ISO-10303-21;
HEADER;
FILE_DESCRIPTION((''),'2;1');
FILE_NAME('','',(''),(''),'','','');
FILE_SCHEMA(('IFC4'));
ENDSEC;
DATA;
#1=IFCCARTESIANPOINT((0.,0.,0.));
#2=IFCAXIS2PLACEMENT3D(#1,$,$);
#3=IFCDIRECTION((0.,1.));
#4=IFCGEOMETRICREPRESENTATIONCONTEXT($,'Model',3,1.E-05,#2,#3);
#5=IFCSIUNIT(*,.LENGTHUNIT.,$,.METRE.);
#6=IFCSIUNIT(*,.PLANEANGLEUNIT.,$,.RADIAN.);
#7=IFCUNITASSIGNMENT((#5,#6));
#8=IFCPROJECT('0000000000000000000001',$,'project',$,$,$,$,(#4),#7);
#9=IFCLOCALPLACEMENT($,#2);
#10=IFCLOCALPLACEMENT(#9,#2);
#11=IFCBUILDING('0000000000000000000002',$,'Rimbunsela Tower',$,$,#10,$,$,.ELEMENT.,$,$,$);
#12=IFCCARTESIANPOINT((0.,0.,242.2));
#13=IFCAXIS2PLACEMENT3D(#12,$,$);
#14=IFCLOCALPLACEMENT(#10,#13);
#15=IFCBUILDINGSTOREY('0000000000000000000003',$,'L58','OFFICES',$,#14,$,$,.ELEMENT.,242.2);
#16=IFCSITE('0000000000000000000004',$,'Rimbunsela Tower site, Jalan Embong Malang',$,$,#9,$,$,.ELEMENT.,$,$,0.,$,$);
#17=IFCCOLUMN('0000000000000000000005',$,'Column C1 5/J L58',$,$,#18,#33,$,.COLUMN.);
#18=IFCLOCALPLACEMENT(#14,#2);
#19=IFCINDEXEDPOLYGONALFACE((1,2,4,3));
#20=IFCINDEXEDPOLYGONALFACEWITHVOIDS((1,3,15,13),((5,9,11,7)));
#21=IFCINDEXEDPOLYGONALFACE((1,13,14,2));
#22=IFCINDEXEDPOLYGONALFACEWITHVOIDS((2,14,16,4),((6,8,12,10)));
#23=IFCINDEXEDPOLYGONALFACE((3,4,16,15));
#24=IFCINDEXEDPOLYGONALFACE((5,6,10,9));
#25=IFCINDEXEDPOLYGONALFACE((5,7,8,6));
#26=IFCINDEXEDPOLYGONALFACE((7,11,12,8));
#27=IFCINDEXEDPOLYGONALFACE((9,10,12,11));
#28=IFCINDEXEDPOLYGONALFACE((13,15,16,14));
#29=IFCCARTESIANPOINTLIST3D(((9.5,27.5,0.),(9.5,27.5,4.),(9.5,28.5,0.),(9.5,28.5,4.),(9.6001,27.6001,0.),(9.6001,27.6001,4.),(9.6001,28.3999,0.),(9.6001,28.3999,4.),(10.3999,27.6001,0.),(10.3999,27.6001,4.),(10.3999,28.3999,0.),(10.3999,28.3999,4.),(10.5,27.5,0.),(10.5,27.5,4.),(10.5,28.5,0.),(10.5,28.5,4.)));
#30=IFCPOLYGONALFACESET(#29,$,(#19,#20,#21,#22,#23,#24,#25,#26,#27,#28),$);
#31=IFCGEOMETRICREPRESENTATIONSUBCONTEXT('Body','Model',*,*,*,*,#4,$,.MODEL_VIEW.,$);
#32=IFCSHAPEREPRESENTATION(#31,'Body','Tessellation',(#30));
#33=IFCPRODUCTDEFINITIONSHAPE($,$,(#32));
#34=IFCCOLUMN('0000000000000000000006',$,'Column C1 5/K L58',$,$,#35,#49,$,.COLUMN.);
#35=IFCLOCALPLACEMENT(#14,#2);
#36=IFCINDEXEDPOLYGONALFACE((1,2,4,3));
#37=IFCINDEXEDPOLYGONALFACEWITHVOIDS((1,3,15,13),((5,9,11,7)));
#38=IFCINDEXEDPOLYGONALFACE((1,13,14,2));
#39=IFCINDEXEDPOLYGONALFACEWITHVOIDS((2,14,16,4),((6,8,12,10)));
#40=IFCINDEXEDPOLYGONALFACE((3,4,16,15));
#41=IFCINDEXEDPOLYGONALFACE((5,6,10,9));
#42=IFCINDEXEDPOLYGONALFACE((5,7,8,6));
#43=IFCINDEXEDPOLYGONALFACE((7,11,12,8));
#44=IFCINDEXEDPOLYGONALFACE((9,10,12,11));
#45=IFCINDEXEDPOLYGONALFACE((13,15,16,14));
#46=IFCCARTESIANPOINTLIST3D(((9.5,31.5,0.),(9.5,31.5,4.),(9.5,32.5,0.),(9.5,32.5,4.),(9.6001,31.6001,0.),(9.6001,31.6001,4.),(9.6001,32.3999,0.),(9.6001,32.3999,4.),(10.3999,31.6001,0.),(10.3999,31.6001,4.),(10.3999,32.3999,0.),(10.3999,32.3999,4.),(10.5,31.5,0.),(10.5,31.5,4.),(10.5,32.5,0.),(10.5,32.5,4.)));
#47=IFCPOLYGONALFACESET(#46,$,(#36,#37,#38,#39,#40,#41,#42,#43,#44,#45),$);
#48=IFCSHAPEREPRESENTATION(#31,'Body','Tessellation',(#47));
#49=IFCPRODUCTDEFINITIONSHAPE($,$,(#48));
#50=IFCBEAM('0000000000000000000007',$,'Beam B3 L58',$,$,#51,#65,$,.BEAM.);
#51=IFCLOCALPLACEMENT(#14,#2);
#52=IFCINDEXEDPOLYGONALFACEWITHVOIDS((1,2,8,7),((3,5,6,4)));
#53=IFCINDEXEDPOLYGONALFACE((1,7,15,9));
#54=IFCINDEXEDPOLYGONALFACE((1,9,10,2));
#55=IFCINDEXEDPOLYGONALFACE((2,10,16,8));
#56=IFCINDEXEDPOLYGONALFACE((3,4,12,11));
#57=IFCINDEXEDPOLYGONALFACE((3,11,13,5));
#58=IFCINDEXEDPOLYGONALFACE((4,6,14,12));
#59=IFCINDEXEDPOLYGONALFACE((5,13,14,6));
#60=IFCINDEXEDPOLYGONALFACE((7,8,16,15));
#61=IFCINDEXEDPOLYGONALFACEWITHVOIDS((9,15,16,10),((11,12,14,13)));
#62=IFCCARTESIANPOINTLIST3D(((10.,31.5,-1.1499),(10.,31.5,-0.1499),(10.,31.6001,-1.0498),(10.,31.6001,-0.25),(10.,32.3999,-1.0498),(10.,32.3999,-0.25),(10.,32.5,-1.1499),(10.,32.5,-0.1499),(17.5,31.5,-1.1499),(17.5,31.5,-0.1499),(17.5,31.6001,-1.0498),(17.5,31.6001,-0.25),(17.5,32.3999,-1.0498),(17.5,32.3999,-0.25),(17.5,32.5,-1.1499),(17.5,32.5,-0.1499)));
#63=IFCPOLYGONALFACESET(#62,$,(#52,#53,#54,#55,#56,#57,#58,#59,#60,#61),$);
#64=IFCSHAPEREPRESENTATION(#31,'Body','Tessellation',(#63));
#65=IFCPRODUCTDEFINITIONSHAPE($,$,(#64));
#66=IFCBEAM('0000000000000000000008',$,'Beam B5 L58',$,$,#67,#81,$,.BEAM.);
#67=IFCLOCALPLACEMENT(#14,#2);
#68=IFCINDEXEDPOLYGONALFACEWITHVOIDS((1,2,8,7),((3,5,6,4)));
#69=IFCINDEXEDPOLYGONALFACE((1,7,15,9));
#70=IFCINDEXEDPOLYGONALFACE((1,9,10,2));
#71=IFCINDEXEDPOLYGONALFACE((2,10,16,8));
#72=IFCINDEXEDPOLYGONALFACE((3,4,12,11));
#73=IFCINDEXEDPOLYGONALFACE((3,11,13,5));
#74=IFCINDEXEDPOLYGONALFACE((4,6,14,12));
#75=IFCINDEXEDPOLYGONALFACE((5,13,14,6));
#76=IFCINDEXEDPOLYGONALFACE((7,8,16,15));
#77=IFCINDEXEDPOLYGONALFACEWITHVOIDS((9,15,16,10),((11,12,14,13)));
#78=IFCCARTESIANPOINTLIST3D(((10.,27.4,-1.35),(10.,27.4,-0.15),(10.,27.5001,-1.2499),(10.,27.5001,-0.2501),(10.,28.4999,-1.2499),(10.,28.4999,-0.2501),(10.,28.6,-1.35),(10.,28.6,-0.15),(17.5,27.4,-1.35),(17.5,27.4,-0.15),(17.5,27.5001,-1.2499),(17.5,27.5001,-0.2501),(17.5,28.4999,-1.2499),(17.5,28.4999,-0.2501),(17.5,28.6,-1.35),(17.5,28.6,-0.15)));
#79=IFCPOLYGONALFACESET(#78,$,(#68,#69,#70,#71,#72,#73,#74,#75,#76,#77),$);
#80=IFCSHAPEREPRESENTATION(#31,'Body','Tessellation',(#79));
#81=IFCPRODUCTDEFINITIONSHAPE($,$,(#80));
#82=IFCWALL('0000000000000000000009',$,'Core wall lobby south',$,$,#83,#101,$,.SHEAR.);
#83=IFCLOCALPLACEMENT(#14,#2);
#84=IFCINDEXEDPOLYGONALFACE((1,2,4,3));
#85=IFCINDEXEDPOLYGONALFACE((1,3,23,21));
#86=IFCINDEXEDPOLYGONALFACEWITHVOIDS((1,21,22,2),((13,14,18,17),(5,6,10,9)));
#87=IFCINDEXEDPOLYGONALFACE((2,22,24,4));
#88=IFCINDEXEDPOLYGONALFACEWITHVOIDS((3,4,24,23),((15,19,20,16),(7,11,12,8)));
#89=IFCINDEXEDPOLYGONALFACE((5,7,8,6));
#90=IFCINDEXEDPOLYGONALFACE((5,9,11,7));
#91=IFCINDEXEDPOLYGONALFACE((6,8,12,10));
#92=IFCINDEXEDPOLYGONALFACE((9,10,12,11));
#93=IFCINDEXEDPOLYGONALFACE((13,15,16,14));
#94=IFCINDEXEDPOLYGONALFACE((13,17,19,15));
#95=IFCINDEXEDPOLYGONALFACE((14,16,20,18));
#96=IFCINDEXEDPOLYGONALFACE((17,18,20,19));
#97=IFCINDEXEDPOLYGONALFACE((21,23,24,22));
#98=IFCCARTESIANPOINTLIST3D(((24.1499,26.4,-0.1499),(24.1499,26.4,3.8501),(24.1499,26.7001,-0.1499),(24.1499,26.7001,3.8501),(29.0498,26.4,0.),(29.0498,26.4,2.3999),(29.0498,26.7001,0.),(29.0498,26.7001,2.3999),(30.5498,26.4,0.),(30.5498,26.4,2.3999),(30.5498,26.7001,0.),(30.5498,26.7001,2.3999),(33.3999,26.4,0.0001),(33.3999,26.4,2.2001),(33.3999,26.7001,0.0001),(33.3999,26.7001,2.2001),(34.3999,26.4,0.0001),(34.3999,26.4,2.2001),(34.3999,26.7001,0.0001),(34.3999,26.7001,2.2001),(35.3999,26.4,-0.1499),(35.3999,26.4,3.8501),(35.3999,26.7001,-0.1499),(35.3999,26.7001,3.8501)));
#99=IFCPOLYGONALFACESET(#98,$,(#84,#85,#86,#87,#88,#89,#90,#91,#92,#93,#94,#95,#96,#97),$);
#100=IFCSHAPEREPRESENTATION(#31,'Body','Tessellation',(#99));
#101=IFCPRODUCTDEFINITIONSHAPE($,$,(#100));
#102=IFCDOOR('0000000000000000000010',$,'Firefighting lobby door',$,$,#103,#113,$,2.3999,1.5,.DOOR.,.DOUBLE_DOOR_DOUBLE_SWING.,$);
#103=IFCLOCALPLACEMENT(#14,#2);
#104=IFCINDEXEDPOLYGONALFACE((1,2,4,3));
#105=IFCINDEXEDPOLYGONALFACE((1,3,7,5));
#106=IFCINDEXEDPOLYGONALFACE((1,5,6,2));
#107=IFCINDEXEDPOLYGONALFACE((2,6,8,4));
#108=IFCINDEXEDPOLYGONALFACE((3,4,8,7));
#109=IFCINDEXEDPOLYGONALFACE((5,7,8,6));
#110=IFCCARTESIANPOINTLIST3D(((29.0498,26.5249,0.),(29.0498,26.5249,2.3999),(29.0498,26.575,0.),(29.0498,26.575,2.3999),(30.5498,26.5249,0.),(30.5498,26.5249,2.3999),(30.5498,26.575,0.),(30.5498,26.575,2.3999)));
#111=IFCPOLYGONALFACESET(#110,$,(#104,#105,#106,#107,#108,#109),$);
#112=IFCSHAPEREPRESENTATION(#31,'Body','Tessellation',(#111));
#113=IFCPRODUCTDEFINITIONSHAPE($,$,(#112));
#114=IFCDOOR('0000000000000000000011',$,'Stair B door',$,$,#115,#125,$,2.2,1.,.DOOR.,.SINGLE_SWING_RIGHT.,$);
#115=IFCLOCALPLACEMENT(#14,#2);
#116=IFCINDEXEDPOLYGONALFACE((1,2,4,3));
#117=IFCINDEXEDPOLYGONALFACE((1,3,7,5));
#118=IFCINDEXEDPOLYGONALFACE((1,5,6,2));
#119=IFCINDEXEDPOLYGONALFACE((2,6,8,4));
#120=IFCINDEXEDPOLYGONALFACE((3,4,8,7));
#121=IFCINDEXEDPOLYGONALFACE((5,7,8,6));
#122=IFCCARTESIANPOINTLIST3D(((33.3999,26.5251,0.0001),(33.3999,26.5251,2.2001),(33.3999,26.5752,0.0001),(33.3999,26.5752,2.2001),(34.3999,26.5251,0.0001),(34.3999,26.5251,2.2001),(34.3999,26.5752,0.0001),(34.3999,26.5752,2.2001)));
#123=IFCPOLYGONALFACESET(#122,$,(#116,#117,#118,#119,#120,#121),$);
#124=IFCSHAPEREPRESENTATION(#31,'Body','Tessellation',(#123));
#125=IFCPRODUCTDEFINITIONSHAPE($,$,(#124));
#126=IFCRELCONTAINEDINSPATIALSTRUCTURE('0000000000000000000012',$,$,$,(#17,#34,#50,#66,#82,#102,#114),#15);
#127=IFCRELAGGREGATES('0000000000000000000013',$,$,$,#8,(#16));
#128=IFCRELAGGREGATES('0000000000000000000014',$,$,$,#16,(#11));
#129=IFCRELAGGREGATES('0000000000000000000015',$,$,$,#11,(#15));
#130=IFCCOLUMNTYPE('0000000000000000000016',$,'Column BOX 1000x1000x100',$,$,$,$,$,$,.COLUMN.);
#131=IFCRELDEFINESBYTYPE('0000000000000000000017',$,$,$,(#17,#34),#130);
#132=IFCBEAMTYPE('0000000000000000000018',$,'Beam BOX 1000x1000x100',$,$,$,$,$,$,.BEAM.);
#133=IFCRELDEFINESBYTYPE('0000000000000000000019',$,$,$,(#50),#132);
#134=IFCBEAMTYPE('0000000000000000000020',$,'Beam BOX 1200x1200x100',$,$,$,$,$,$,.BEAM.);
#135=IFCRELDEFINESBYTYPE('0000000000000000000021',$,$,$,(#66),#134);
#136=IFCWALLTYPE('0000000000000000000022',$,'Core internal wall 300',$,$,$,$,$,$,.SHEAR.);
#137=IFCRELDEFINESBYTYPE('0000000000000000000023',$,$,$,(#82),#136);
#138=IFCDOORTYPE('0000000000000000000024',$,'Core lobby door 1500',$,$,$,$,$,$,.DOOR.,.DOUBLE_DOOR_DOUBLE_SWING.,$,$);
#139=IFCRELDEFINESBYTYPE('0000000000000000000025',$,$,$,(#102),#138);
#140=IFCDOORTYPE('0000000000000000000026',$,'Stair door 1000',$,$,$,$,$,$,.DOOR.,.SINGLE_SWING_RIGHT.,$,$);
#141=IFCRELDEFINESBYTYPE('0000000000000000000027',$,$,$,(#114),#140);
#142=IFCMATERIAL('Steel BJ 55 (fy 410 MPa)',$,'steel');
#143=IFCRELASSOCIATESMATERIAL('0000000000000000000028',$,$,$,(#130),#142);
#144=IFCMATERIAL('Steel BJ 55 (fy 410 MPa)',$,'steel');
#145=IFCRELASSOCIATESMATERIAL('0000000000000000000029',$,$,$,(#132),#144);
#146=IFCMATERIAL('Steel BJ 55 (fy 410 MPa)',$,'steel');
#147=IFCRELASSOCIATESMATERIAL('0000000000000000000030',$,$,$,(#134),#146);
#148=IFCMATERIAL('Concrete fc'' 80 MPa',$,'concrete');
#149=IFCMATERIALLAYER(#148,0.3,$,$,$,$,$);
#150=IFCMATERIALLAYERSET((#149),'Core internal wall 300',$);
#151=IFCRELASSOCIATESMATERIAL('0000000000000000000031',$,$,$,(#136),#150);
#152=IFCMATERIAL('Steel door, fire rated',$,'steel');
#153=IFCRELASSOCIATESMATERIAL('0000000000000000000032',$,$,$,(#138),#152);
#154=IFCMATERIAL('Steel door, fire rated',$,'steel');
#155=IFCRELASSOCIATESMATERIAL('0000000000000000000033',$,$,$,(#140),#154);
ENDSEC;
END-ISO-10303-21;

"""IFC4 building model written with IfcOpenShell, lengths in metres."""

from ifc_helpers import new_model, si_unit, direction, frame, frame_2d, origin, origin_2d, place, context, subcontext, project, spatial, rectangle, hollow_rectangle, extrude, material, layer, layer_set, material_profile, profile_set, type_object, element, fill, save


model = new_model("IFC4")

# Units and contexts
model_context = context("Model", 3, precision=1e-05, world=origin(), true_north=direction((0.0, 1.0)))
body_context = subcontext(model_context, "Body", "Model", "MODEL_VIEW")
ifc_project = project(units=[si_unit("LENGTHUNIT", "METRE"), si_unit("PLANEANGLEUNIT", "RADIAN")], contexts=[model_context])

# Site, building, storey
site_placement = place(None, origin())
site = spatial("IfcSite", under=ifc_project, at=site_placement, Name="Rimbunsela Tower site, Jalan Embong Malang", CompositionType="ELEMENT", RefElevation=0.0)
building_placement = place(site_placement, origin())
building = spatial("IfcBuilding", under=site, at=building_placement, Name="Rimbunsela Tower", CompositionType="ELEMENT")
storey_placement = place(building_placement, frame((0.0, 0.0, 242.2)))
storey = spatial("IfcBuildingStorey", under=building, at=storey_placement, Name="L58", Description="OFFICES", CompositionType="ELEMENT", Elevation=242.2)

# Columns
ifc_material_1 = material(Name="Steel BJ 55 (fy 410 MPa)", Category="steel")
ifc_material_profile_1 = material_profile(ifc_material_1, hollow_rectangle(XDim=1.0, YDim=1.0, WallThickness=0.1001, at=origin_2d()), Name="BOX 1000x1000x100")
ifc_profile_set_1 = profile_set([ifc_material_profile_1], Name="Steel BJ 55 (fy 410 MPa)")
column_type = type_object("IfcColumnType", Name="Column BOX 1000x1000x100", PredefinedType="COLUMN", material=ifc_profile_set_1)
for number, where, z_axis, x_axis, name in (
    (1, (10.0, 28.0, 0.0), (0.0, 0.0, 1.0), (1.0, 0.0, 0.0), "Column C1 5/J L58"),
    (2, (10.0, 32.0, 0.0), (0.0, 0.0, 1.0), (1.0, 0.0, 0.0), "Column C1 5/K L58"),
):
    element("IfcColumn", number, at=place(storey_placement, frame(where, z_axis=z_axis, x_axis=x_axis)), inside=storey, type_object=column_type, Name=name, PredefinedType="COLUMN", context=body_context, shape_type="SweptSolid", body=[
        extrude(hollow_rectangle(XDim=1.0, YDim=1.0, WallThickness=0.1001, at=origin_2d()), origin(), (0.0, 0.0, 1.0), 4.0),
    ])

# Beams
ifc_material_2 = material(Name="Steel BJ 55 (fy 410 MPa)", Category="steel")
ifc_material_profile_2 = material_profile(ifc_material_2, hollow_rectangle(XDim=1.0, YDim=1.0, WallThickness=0.1001, at=origin_2d()), Name="BOX 1000x1000x100")
ifc_profile_set_2 = profile_set([ifc_material_profile_2], Name="Steel BJ 55 (fy 410 MPa)")
beam_type_1 = type_object("IfcBeamType", Name="Beam BOX 1000x1000x100", PredefinedType="BEAM", material=ifc_profile_set_2)
beam_1_placement = place(storey_placement, frame((10.0, 32.0, -0.6499), z_axis=(1.0, 0.0, 0.0), x_axis=(0.0, 1.0, 0.0)))
element("IfcBeam", 3, at=beam_1_placement, inside=storey, type_object=beam_type_1, Name="Beam B3 L58", PredefinedType="BEAM", context=body_context, shape_type="SweptSolid", body=[
    extrude(hollow_rectangle(XDim=1.0, YDim=1.0, WallThickness=0.1001, at=origin_2d()), origin(), (0.0, 0.0, 1.0), 7.5),
])
ifc_material_3 = material(Name="Steel BJ 55 (fy 410 MPa)", Category="steel")
ifc_material_profile_3 = material_profile(ifc_material_3, hollow_rectangle(XDim=1.2, YDim=1.2, WallThickness=0.1001, at=origin_2d()), Name="BOX 1200x1200x100")
ifc_profile_set_3 = profile_set([ifc_material_profile_3], Name="Steel BJ 55 (fy 410 MPa)")
beam_type_2 = type_object("IfcBeamType", Name="Beam BOX 1200x1200x100", PredefinedType="BEAM", material=ifc_profile_set_3)
beam_2_placement = place(storey_placement, frame((10.0, 28.0, -0.75), z_axis=(1.0, 0.0, 0.0), x_axis=(0.0, 1.0, 0.0)))
element("IfcBeam", 4, at=beam_2_placement, inside=storey, type_object=beam_type_2, Name="Beam B5 L58", PredefinedType="BEAM", context=body_context, shape_type="SweptSolid", body=[
    extrude(hollow_rectangle(XDim=1.2, YDim=1.2, WallThickness=0.1001, at=origin_2d()), origin(), (0.0, 0.0, 1.0), 7.5),
])

# Wall, openings, doors
ifc_material_4 = material(Name="Concrete fc' 80 MPa", Category="concrete")
ifc_layer_1 = layer(ifc_material_4, 0.3)
ifc_layer_set_1 = layer_set([ifc_layer_1], Name="Core internal wall 300")
wall_type_1 = type_object("IfcWallType", Name="Core internal wall 300", PredefinedType="SHEAR", material=ifc_layer_set_1)
wall_1_placement = place(storey_placement, frame((24.1499, 26.55, -0.1499), z_axis=(0.0, 0.0, 1.0), x_axis=(1.0, 0.0, 0.0)))
wall_1 = element("IfcWall", 5, at=wall_1_placement, inside=storey, type_object=wall_type_1, Name="Core wall lobby south", PredefinedType="SHEAR", context=body_context, shape_type="SweptSolid", body=[
    extrude(rectangle(XDim=11.25, YDim=0.3, at=frame_2d((5.625, 0.0))), origin(), (0.0, 0.0, 1.0), 4.0),
])
opening_1_placement = place(wall_1_placement, frame((9.25, 0.0, 0.1499)))
opening_1 = element("IfcOpeningElement", 6, at=opening_1_placement, cuts=wall_1, PredefinedType="OPENING", context=body_context, shape_type="SweptSolid", body=[
    extrude(rectangle(XDim=1.0, YDim=2.2, at=frame_2d((0.5, 1.1001))), frame((0.0, 0.1599, 0.0), z_axis=(0.0, -1.0, 0.0), x_axis=(1.0, 0.0, 0.0)), (0.0, 0.0, 1.0), 0.3201),
])
opening_2_placement = place(wall_1_placement, frame((4.8999, 0.0, 0.1499)))
opening_2 = element("IfcOpeningElement", 7, at=opening_2_placement, cuts=wall_1, PredefinedType="OPENING", context=body_context, shape_type="SweptSolid", body=[
    extrude(rectangle(XDim=1.5, YDim=2.3999, at=frame_2d((0.75, 1.2))), frame((0.0, 0.1599, 0.0), z_axis=(0.0, -1.0, 0.0), x_axis=(1.0, 0.0, 0.0)), (0.0, 0.0, 1.0), 0.3201),
])
ifc_material_5 = material(Name="Steel door, fire rated", Category="steel")
door_type_1 = type_object("IfcDoorType", Name="Core lobby door 1500", OperationType="DOUBLE_DOOR_DOUBLE_SWING", PredefinedType="DOOR", material=ifc_material_5)
door_1_placement = place(opening_2_placement, origin())
door_1 = element("IfcDoor", 8, at=door_1_placement, inside=storey, type_object=door_type_1, Name="Firefighting lobby door", OperationType="DOUBLE_DOOR_DOUBLE_SWING", OverallHeight=2.3999, OverallWidth=1.5, PredefinedType="DOOR", context=body_context, shape_type="SweptSolid", body=[
    extrude(rectangle(XDim=1.5, YDim=2.3999, at=frame_2d((0.75, 1.2))), frame((0.0, 0.0249, 0.0), z_axis=(0.0, -1.0, 0.0), x_axis=(1.0, 0.0, 0.0)), (0.0, 0.0, 1.0), 0.05),
])
fill(opening_2, door_1)
ifc_material_6 = material(Name="Steel door, fire rated", Category="steel")
door_type_2 = type_object("IfcDoorType", Name="Stair door 1000", OperationType="SINGLE_SWING_RIGHT", PredefinedType="DOOR", material=ifc_material_6)
door_2_placement = place(opening_1_placement, frame((1.0, 0.0, 0.0), z_axis=(0.0, 0.0, 1.0), x_axis=(-1.0, 0.0, 0.0)))
door_2 = element("IfcDoor", 9, at=door_2_placement, inside=storey, type_object=door_type_2, Name="Stair B door", OperationType="SINGLE_SWING_RIGHT", OverallHeight=2.2, OverallWidth=1.0, PredefinedType="DOOR", context=body_context, shape_type="SweptSolid", body=[
    extrude(rectangle(XDim=1.0, YDim=2.2, at=frame_2d((0.5, 1.1001))), frame((0.0, 0.0249, 0.0), z_axis=(0.0, -1.0, 0.0), x_axis=(1.0, 0.0, 0.0)), (0.0, 0.0, 1.0), 0.05),
])
fill(opening_1, door_2)

save(model, "model.ifc")
